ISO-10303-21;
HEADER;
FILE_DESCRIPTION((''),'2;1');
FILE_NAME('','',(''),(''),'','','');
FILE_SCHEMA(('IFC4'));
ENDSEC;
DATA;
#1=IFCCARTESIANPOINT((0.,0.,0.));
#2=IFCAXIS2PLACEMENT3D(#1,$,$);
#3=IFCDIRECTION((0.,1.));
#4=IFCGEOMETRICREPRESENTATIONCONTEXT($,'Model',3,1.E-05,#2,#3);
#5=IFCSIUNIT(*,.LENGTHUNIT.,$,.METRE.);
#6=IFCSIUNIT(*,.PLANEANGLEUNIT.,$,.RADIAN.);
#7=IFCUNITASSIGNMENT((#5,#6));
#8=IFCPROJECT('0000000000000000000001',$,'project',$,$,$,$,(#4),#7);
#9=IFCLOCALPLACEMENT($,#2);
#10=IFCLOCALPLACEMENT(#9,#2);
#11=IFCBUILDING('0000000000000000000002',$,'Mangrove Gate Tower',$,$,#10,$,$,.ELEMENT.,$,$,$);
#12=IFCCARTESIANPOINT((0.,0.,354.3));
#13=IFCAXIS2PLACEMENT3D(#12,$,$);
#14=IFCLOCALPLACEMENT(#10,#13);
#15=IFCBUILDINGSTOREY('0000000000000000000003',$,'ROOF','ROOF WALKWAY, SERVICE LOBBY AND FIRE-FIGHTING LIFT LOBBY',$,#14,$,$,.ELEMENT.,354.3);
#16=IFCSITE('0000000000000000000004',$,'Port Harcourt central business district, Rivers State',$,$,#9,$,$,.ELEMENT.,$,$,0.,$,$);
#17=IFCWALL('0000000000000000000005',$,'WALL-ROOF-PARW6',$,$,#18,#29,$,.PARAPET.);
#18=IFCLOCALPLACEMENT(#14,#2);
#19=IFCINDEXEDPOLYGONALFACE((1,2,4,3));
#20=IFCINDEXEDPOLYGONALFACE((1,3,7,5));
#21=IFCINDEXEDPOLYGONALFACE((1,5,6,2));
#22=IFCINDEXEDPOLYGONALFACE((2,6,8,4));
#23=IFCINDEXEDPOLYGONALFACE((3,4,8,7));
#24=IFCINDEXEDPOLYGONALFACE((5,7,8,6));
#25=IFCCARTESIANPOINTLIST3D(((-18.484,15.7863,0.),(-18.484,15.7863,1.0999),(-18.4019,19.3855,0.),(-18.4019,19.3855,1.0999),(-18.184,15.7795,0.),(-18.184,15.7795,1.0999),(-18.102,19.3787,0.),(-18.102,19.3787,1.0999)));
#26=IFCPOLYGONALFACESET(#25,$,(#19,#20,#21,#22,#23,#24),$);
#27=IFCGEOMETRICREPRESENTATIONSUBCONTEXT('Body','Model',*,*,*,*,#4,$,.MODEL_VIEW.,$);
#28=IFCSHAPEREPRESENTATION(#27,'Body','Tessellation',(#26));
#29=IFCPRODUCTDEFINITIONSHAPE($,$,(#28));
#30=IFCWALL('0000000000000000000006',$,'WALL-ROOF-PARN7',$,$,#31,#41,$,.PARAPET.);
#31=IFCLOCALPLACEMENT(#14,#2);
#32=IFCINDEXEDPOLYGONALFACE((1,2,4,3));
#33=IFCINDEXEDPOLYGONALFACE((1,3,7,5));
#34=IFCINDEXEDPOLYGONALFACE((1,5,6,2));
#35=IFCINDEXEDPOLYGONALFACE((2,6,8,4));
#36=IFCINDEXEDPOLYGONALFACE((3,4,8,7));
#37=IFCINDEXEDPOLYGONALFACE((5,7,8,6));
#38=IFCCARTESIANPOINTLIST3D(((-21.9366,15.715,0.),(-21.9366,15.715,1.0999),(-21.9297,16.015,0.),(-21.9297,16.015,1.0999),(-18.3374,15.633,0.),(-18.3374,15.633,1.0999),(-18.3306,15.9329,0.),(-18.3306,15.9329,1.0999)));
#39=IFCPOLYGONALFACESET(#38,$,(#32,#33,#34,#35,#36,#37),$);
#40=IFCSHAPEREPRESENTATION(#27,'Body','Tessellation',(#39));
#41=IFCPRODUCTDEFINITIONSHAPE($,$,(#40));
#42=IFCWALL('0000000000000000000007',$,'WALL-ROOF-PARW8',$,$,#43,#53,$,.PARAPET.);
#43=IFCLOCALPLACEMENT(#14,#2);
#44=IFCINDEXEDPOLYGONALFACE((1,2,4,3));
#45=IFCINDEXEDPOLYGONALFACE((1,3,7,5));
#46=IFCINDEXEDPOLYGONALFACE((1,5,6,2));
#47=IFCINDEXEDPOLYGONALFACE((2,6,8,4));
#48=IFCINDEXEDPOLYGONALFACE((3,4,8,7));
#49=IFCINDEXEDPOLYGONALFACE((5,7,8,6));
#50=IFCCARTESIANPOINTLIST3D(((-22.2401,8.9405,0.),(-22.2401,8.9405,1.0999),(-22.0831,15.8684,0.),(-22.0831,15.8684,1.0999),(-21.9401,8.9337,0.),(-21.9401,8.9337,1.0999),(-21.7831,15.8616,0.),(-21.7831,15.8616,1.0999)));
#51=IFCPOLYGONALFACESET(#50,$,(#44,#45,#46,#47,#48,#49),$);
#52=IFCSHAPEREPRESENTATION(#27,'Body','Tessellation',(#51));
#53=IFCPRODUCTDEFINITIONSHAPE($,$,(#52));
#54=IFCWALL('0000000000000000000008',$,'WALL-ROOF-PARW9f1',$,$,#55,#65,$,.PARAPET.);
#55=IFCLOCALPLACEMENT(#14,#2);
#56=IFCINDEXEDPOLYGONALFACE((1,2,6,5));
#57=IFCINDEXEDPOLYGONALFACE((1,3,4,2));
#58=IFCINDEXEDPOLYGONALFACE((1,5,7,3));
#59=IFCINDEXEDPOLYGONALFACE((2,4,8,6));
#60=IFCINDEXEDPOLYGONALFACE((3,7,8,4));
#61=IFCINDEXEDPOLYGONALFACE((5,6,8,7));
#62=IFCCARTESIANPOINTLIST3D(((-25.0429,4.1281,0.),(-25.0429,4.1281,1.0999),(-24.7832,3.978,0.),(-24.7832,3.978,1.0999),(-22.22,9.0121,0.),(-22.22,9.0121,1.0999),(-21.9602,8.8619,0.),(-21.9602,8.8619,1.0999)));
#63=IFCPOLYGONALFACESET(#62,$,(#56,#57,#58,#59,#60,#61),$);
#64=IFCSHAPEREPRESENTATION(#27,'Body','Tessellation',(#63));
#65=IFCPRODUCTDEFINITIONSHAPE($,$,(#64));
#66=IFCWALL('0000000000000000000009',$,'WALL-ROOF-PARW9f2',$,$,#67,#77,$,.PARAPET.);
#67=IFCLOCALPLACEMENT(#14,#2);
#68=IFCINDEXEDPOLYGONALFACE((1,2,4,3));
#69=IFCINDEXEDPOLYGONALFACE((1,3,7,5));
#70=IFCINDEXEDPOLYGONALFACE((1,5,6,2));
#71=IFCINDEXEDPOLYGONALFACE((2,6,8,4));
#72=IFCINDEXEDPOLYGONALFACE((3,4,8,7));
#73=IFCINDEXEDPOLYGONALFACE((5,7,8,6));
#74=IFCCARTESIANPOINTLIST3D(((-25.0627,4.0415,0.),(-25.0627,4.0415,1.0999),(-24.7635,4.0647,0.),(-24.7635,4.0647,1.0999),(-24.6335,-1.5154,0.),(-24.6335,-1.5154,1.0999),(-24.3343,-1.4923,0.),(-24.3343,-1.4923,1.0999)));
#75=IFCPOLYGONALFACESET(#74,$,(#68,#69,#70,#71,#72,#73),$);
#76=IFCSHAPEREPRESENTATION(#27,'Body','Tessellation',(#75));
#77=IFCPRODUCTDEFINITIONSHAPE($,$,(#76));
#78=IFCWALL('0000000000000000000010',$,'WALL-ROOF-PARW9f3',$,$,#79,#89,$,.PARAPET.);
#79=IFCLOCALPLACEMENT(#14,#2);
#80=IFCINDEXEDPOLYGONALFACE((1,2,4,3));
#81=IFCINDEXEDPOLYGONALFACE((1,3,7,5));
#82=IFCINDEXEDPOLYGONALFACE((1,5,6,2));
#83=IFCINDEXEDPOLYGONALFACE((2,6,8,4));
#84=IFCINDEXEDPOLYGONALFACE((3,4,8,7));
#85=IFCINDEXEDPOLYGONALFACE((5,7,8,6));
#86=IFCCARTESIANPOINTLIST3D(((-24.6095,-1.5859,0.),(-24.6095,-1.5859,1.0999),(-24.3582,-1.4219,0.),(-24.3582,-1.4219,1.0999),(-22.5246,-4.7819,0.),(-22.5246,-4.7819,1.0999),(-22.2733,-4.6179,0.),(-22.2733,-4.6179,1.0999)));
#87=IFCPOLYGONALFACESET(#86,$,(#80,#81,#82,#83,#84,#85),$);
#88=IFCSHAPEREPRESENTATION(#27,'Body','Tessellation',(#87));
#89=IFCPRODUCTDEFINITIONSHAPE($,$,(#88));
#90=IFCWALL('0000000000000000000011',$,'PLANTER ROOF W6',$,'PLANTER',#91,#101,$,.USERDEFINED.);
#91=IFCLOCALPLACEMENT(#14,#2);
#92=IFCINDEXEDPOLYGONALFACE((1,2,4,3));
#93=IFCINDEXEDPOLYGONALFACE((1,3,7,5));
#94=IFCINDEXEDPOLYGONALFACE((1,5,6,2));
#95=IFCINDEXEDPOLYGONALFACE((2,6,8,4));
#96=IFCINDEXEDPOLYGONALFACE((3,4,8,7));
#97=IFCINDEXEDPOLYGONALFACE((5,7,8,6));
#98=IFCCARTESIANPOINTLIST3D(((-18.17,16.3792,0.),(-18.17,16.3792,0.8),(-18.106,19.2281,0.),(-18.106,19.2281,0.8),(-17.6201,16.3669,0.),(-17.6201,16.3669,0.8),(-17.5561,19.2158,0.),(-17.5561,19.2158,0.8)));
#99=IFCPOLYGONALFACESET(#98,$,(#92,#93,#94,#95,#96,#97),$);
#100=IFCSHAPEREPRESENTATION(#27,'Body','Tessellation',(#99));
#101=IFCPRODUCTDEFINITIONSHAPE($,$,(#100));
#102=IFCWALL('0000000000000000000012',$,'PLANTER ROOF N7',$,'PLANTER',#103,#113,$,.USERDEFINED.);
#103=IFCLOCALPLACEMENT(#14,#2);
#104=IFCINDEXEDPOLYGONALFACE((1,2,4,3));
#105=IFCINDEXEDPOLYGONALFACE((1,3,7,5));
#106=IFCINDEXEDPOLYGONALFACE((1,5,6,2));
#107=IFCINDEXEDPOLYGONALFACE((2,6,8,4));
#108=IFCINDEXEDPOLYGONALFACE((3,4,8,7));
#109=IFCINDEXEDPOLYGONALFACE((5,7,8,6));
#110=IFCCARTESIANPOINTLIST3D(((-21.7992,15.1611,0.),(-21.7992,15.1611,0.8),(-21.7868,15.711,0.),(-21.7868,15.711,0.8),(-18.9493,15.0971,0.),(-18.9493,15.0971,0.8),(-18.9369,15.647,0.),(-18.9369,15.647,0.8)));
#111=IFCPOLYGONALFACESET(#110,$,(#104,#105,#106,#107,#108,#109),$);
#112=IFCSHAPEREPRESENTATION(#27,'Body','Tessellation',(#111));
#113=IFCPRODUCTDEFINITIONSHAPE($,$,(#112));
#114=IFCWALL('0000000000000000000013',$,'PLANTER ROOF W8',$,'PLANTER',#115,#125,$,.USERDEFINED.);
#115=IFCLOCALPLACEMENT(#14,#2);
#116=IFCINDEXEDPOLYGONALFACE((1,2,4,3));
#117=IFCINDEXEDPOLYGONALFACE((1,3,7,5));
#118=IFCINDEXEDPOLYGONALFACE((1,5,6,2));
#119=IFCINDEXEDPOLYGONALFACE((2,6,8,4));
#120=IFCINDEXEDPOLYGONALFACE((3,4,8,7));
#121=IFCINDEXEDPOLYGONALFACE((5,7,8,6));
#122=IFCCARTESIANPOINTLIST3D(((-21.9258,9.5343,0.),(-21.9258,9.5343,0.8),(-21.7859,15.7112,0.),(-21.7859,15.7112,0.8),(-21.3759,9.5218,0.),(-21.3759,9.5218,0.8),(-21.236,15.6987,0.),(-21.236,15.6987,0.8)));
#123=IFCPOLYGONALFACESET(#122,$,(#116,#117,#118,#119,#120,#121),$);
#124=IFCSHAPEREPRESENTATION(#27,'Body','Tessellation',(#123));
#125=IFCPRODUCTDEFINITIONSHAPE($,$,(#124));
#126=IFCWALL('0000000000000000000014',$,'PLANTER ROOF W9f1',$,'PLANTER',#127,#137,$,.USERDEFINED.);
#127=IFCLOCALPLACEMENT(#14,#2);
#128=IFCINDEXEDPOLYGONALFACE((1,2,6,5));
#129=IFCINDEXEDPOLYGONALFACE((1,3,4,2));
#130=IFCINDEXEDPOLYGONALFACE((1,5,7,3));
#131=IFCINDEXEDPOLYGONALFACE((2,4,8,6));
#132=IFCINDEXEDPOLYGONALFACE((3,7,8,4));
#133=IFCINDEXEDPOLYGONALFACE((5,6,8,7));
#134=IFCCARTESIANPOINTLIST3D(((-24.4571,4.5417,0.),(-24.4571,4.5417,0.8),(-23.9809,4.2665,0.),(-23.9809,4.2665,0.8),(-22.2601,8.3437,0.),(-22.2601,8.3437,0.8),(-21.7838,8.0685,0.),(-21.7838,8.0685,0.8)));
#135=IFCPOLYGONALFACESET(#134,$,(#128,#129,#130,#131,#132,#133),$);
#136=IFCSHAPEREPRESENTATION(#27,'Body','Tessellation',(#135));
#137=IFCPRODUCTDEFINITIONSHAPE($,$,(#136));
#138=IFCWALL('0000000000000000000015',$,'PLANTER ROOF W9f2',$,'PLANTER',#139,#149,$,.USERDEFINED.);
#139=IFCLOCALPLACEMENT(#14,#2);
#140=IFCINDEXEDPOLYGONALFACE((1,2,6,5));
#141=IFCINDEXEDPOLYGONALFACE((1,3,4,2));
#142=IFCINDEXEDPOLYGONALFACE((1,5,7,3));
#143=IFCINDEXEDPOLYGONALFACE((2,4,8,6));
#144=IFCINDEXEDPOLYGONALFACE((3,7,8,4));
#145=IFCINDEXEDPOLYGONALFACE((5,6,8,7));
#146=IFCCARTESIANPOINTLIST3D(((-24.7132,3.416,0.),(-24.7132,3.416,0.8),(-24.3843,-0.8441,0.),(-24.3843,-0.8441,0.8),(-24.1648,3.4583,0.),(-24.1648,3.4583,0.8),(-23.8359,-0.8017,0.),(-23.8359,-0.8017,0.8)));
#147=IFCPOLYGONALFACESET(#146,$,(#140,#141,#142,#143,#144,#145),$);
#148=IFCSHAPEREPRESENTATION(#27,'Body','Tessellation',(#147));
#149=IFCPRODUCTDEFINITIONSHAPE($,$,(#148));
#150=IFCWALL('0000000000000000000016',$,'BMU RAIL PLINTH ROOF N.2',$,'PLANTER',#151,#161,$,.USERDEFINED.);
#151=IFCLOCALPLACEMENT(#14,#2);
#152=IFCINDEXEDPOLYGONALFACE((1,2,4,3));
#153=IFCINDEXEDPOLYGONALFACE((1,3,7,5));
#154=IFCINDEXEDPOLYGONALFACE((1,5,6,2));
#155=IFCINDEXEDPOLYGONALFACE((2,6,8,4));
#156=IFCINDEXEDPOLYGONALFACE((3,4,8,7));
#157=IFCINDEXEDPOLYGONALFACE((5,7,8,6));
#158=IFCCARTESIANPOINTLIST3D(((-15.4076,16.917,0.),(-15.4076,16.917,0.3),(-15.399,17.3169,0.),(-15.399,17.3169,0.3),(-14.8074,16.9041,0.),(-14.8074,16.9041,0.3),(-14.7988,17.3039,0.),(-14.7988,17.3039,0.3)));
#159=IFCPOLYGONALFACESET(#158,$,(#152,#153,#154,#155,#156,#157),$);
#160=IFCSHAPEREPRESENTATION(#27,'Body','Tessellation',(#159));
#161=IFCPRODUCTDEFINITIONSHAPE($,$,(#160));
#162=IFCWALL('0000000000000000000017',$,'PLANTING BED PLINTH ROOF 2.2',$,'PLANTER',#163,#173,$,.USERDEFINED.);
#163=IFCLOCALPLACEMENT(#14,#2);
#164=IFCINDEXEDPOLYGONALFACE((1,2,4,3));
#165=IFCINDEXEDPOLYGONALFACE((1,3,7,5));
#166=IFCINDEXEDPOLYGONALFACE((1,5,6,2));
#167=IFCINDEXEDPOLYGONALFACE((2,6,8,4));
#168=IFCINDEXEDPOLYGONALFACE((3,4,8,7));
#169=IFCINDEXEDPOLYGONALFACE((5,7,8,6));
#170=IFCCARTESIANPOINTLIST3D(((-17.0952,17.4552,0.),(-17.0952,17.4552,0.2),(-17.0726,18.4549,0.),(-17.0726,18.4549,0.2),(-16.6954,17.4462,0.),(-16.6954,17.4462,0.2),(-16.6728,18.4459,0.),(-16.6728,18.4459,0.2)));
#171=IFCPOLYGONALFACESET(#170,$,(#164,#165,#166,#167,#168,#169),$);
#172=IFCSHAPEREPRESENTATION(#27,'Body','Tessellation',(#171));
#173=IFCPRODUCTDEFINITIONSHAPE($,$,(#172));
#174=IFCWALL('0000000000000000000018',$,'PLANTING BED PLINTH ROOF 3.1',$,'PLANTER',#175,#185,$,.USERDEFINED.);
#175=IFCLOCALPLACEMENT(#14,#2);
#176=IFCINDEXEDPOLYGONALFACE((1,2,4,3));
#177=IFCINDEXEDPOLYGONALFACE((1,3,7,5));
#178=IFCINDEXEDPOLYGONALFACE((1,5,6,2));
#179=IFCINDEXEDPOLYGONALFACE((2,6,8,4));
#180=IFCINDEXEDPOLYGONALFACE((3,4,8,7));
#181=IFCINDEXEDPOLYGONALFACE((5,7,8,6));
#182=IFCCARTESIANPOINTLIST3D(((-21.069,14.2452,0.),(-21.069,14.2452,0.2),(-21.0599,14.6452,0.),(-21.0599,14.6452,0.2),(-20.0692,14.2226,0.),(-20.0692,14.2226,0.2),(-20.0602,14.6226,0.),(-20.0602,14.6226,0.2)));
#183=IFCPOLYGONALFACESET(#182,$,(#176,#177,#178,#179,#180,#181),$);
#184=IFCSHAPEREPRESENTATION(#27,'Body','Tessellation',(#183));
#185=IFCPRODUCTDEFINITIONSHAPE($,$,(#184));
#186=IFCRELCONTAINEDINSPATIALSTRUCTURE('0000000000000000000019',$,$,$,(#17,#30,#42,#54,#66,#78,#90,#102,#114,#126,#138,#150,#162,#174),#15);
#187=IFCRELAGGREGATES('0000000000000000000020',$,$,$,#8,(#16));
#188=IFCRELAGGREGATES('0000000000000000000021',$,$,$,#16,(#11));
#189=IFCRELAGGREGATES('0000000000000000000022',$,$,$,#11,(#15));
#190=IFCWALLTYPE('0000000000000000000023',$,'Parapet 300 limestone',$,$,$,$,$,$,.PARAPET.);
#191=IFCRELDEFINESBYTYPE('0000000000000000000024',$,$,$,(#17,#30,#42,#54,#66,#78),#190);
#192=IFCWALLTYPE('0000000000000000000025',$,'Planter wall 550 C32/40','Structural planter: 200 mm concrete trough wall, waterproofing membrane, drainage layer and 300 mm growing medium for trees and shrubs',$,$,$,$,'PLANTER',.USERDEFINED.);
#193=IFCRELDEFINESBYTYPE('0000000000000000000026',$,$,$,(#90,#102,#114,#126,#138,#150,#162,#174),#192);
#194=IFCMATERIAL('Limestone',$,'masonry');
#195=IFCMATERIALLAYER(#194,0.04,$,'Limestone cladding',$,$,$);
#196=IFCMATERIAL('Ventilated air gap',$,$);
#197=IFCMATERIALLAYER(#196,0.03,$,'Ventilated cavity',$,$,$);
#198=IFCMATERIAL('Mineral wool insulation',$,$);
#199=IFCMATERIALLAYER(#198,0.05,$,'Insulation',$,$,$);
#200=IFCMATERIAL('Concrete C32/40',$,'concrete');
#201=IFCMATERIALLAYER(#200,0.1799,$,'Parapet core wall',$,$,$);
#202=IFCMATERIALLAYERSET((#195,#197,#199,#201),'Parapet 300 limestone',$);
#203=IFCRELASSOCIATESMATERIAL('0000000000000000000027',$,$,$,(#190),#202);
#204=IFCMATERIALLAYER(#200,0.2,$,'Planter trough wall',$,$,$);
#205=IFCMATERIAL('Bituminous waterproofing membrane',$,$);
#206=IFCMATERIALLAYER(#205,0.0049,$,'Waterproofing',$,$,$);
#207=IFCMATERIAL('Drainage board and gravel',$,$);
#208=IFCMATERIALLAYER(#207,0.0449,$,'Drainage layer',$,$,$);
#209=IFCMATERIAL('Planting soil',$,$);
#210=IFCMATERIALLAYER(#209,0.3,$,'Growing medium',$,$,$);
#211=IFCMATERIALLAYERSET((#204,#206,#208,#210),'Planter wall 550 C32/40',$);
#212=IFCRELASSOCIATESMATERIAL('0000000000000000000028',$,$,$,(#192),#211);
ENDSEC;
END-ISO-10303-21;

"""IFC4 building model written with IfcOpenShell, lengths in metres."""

from ifc_helpers import new_model, si_unit, direction, frame, frame_2d, origin, place, context, subcontext, project, spatial, rectangle, extrude, material, layer, layer_set, type_object, element, save


model = new_model("IFC4")

# Units and contexts
model_context = context("Model", 3, precision=1e-05, world=origin(), true_north=direction((0.0, 1.0)))
body_context = subcontext(model_context, "Body", "Model", "MODEL_VIEW")
ifc_project = project(units=[si_unit("LENGTHUNIT", "METRE"), si_unit("PLANEANGLEUNIT", "RADIAN")], contexts=[model_context])

# Site, building, storey
site_placement = place(None, origin())
site = spatial("IfcSite", under=ifc_project, at=site_placement, Name="Port Harcourt central business district, Rivers State", CompositionType="ELEMENT", RefElevation=0.0)
building_placement = place(site_placement, origin())
building = spatial("IfcBuilding", under=site, at=building_placement, Name="Mangrove Gate Tower", CompositionType="ELEMENT")
storey_placement = place(building_placement, frame((0.0, 0.0, 354.3)))
storey = spatial("IfcBuildingStorey", under=building, at=storey_placement, Name="ROOF", Description="ROOF WALKWAY, SERVICE LOBBY AND FIRE-FIGHTING LIFT LOBBY", CompositionType="ELEMENT", Elevation=354.3)

# Walls
ifc_material_1 = material(Name="Limestone", Category="masonry")
ifc_layer_1 = layer(ifc_material_1, 0.04, Name="Limestone cladding")
ifc_material_2 = material(Name="Ventilated air gap")
ifc_layer_2 = layer(ifc_material_2, 0.03, Name="Ventilated cavity")
ifc_material_3 = material(Name="Mineral wool insulation")
ifc_layer_3 = layer(ifc_material_3, 0.05, Name="Insulation")
ifc_material_4 = material(Name="Concrete C32/40", Category="concrete")
ifc_layer_4 = layer(ifc_material_4, 0.1799, Name="Parapet core wall")
ifc_layer_set_1 = layer_set([ifc_layer_1, ifc_layer_2, ifc_layer_3, ifc_layer_4], Name="Parapet 300 limestone")
wall_type_1 = type_object("IfcWallType", Name="Parapet 300 limestone", PredefinedType="PARAPET", material=ifc_layer_set_1)
for number, where, z_axis, x_axis, name in (
    (1, (-18.252, 19.3821, 0.0), (0.0, 0.0, 1.0), (-0.022786, -0.99974, 0.0), "WALL-ROOF-PARW6"),
    (2, (-18.334, 15.783, 0.0), (0.0, 0.0, 1.0), (-0.99974, 0.022786, 0.0), "WALL-ROOF-PARN7"),
):
    element("IfcWall", number, at=place(storey_placement, frame(where, z_axis=z_axis, x_axis=x_axis)), inside=storey, type_object=wall_type_1, Name=name, PredefinedType="PARAPET", context=body_context, shape_type="SweptSolid", body=[
        extrude(rectangle(XDim=3.6001, YDim=0.3, at=frame_2d((1.8, 0.0))), origin(), (0.0, 0.0, 1.0), 1.0999),
    ])
wall_1_placement = place(storey_placement, frame((-21.9331, 15.865, 0.0), z_axis=(0.0, 0.0, 1.0), x_axis=(-0.022653, -0.999743, 0.0)))
element("IfcWall", 3, at=wall_1_placement, inside=storey, type_object=wall_type_1, Name="WALL-ROOF-PARW8", PredefinedType="PARAPET", context=body_context, shape_type="SweptSolid", body=[
    extrude(rectangle(XDim=6.9297, YDim=0.3, at=frame_2d((3.4648, 0.0))), origin(), (0.0, 0.0, 1.0), 1.0999),
])
wall_2_placement = place(storey_placement, frame((-22.0901, 8.937, 0.0), z_axis=(0.0, 0.0, 1.0), x_axis=(-0.500425, -0.86578, 0.0)))
element("IfcWall", 4, at=wall_2_placement, inside=storey, type_object=wall_type_1, Name="WALL-ROOF-PARW9f1", PredefinedType="PARAPET", context=body_context, shape_type="SweptSolid", body=[
    extrude(rectangle(XDim=5.6411, YDim=0.3, at=frame_2d((2.8206, 0.0))), origin(), (0.0, 0.0, 1.0), 1.0999),
])
wall_3_placement = place(storey_placement, frame((-24.9131, 4.053, 0.0), z_axis=(0.0, 0.0, 1.0), x_axis=(0.077008, -0.99703, 0.0)))
element("IfcWall", 5, at=wall_3_placement, inside=storey, type_object=wall_type_1, Name="WALL-ROOF-PARW9f2", PredefinedType="PARAPET", context=body_context, shape_type="SweptSolid", body=[
    extrude(rectangle(XDim=5.5735, YDim=0.3, at=frame_2d((2.7866, 0.0))), origin(), (0.0, 0.0, 1.0), 1.0999),
])
wall_4_placement = place(storey_placement, frame((-24.4839, -1.5039, 0.0), z_axis=(0.0, 0.0, 1.0), x_axis=(0.546375, -0.837541, 0.0)))
element("IfcWall", 6, at=wall_4_placement, inside=storey, type_object=wall_type_1, Name="WALL-ROOF-PARW9f3", PredefinedType="PARAPET", context=body_context, shape_type="SweptSolid", body=[
    extrude(rectangle(XDim=3.8159, YDim=0.3, at=frame_2d((1.908, 0.0))), origin(), (0.0, 0.0, 1.0), 1.0999),
])
ifc_layer_5 = layer(ifc_material_4, 0.2, Name="Planter trough wall")
ifc_material_5 = material(Name="Bituminous waterproofing membrane")
ifc_layer_6 = layer(ifc_material_5, 0.0049, Name="Waterproofing")
ifc_material_6 = material(Name="Drainage board and gravel")
ifc_layer_7 = layer(ifc_material_6, 0.0449, Name="Drainage layer")
ifc_material_7 = material(Name="Planting soil")
ifc_layer_8 = layer(ifc_material_7, 0.3, Name="Growing medium")
ifc_layer_set_2 = layer_set([ifc_layer_5, ifc_layer_6, ifc_layer_7, ifc_layer_8], Name="Planter wall 550 C32/40")
wall_type_2 = type_object("IfcWallType", Name="Planter wall 550 C32/40", Description="Structural planter: 200 mm concrete trough wall, waterproofing membrane, drainage layer and 300 mm growing medium for trees and shrubs", ElementType="PLANTER", PredefinedType="USERDEFINED", material=ifc_layer_set_2)
wall_5_placement = place(storey_placement, frame((-17.8311, 19.2219, 0.0), z_axis=(0.0, 0.0, 1.0), x_axis=(-0.022447, -0.999748, 0.0)))
element("IfcWall", 7, at=wall_5_placement, inside=storey, type_object=wall_type_2, Name="PLANTER ROOF W6", ObjectType="PLANTER", PredefinedType="USERDEFINED", context=body_context, shape_type="SweptSolid", body=[
    extrude(rectangle(XDim=2.8496, YDim=0.55, at=frame_2d((1.4248, 0.0))), origin(), (0.0, 0.0, 1.0), 0.8),
])
wall_6_placement = place(storey_placement, frame((-18.9431, 15.3721, 0.0), z_axis=(0.0, 0.0, 1.0), x_axis=(-0.999748, 0.022439, 0.0)))
element("IfcWall", 8, at=wall_6_placement, inside=storey, type_object=wall_type_2, Name="PLANTER ROOF N7", ObjectType="PLANTER", PredefinedType="USERDEFINED", context=body_context, shape_type="SweptSolid", body=[
    extrude(rectangle(XDim=2.8506, YDim=0.55, at=frame_2d((1.4253, 0.0))), origin(), (0.0, 0.0, 1.0), 0.8),
])
wall_7_placement = place(storey_placement, frame((-21.511, 15.7051, 0.0), z_axis=(0.0, 0.0, 1.0), x_axis=(-0.022642, -0.999744, 0.0)))
element("IfcWall", 9, at=wall_7_placement, inside=storey, type_object=wall_type_2, Name="PLANTER ROOF W8", ObjectType="PLANTER", PredefinedType="USERDEFINED", context=body_context, shape_type="SweptSolid", body=[
    extrude(rectangle(XDim=6.1785, YDim=0.55, at=frame_2d((3.0894, 0.0))), origin(), (0.0, 0.0, 1.0), 0.8),
])
wall_8_placement = place(storey_placement, frame((-22.022, 8.2061, 0.0), z_axis=(0.0, 0.0, 1.0), x_axis=(-0.50033, -0.865835, 0.0)))
element("IfcWall", 10, at=wall_8_placement, inside=storey, type_object=wall_type_2, Name="PLANTER ROOF W9f1", ObjectType="PLANTER", PredefinedType="USERDEFINED", context=body_context, shape_type="SweptSolid", body=[
    extrude(rectangle(XDim=4.3911, YDim=0.55, at=frame_2d((2.1956, 0.0))), origin(), (0.0, 0.0, 1.0), 0.8),
])
wall_9_placement = place(storey_placement, frame((-24.439, 3.437, 0.0), z_axis=(0.0, 0.0, 1.0), x_axis=(0.076967, -0.997034, 0.0)))
element("IfcWall", 11, at=wall_9_placement, inside=storey, type_object=wall_type_2, Name="PLANTER ROOF W9f2", ObjectType="PLANTER", PredefinedType="USERDEFINED", context=body_context, shape_type="SweptSolid", body=[
    extrude(rectangle(XDim=4.2727, YDim=0.55, at=frame_2d((2.1362, 0.0))), origin(), (0.0, 0.0, 1.0), 0.8),
])
wall_10_placement = place(storey_placement, frame((-14.803, 17.104, 0.0), z_axis=(0.0, 0.0, 1.0), x_axis=(-0.999768, 0.021557, 0.0)))
element("IfcWall", 12, at=wall_10_placement, inside=storey, type_object=wall_type_2, Name="BMU RAIL PLINTH ROOF N.2", ObjectType="PLANTER", PredefinedType="USERDEFINED", context=body_context, shape_type="SweptSolid", body=[
    extrude(rectangle(XDim=0.6003, YDim=0.3999, at=frame_2d((0.3003, 0.0))), origin(), (0.0, 0.0, 1.0), 0.3),
])
wall_11_placement = place(storey_placement, frame((-16.6841, 17.946, 0.0), z_axis=(0.0, 0.0, 1.0), x_axis=(-0.999745, 0.022583, 0.0)))
element("IfcWall", 13, at=wall_11_placement, inside=storey, type_object=wall_type_2, Name="PLANTING BED PLINTH ROOF 2.2", ObjectType="PLANTER", PredefinedType="USERDEFINED", context=body_context, shape_type="SweptSolid", body=[
    extrude(rectangle(XDim=0.3999, YDim=1.0, at=frame_2d((0.2, 0.0))), origin(), (0.0, 0.0, 1.0), 0.2),
])
wall_12_placement = place(storey_placement, frame((-20.5601, 14.634, 0.0), z_axis=(0.0, 0.0, 1.0), x_axis=(-0.022569, -0.999745, 0.0)))
element("IfcWall", 14, at=wall_12_placement, inside=storey, type_object=wall_type_2, Name="PLANTING BED PLINTH ROOF 3.1", ObjectType="PLANTER", PredefinedType="USERDEFINED", context=body_context, shape_type="SweptSolid", body=[
    extrude(rectangle(XDim=0.4001, YDim=1.0, at=frame_2d((0.2002, 0.0))), origin(), (0.0, 0.0, 1.0), 0.2),
])

save(model, "model.ifc")
